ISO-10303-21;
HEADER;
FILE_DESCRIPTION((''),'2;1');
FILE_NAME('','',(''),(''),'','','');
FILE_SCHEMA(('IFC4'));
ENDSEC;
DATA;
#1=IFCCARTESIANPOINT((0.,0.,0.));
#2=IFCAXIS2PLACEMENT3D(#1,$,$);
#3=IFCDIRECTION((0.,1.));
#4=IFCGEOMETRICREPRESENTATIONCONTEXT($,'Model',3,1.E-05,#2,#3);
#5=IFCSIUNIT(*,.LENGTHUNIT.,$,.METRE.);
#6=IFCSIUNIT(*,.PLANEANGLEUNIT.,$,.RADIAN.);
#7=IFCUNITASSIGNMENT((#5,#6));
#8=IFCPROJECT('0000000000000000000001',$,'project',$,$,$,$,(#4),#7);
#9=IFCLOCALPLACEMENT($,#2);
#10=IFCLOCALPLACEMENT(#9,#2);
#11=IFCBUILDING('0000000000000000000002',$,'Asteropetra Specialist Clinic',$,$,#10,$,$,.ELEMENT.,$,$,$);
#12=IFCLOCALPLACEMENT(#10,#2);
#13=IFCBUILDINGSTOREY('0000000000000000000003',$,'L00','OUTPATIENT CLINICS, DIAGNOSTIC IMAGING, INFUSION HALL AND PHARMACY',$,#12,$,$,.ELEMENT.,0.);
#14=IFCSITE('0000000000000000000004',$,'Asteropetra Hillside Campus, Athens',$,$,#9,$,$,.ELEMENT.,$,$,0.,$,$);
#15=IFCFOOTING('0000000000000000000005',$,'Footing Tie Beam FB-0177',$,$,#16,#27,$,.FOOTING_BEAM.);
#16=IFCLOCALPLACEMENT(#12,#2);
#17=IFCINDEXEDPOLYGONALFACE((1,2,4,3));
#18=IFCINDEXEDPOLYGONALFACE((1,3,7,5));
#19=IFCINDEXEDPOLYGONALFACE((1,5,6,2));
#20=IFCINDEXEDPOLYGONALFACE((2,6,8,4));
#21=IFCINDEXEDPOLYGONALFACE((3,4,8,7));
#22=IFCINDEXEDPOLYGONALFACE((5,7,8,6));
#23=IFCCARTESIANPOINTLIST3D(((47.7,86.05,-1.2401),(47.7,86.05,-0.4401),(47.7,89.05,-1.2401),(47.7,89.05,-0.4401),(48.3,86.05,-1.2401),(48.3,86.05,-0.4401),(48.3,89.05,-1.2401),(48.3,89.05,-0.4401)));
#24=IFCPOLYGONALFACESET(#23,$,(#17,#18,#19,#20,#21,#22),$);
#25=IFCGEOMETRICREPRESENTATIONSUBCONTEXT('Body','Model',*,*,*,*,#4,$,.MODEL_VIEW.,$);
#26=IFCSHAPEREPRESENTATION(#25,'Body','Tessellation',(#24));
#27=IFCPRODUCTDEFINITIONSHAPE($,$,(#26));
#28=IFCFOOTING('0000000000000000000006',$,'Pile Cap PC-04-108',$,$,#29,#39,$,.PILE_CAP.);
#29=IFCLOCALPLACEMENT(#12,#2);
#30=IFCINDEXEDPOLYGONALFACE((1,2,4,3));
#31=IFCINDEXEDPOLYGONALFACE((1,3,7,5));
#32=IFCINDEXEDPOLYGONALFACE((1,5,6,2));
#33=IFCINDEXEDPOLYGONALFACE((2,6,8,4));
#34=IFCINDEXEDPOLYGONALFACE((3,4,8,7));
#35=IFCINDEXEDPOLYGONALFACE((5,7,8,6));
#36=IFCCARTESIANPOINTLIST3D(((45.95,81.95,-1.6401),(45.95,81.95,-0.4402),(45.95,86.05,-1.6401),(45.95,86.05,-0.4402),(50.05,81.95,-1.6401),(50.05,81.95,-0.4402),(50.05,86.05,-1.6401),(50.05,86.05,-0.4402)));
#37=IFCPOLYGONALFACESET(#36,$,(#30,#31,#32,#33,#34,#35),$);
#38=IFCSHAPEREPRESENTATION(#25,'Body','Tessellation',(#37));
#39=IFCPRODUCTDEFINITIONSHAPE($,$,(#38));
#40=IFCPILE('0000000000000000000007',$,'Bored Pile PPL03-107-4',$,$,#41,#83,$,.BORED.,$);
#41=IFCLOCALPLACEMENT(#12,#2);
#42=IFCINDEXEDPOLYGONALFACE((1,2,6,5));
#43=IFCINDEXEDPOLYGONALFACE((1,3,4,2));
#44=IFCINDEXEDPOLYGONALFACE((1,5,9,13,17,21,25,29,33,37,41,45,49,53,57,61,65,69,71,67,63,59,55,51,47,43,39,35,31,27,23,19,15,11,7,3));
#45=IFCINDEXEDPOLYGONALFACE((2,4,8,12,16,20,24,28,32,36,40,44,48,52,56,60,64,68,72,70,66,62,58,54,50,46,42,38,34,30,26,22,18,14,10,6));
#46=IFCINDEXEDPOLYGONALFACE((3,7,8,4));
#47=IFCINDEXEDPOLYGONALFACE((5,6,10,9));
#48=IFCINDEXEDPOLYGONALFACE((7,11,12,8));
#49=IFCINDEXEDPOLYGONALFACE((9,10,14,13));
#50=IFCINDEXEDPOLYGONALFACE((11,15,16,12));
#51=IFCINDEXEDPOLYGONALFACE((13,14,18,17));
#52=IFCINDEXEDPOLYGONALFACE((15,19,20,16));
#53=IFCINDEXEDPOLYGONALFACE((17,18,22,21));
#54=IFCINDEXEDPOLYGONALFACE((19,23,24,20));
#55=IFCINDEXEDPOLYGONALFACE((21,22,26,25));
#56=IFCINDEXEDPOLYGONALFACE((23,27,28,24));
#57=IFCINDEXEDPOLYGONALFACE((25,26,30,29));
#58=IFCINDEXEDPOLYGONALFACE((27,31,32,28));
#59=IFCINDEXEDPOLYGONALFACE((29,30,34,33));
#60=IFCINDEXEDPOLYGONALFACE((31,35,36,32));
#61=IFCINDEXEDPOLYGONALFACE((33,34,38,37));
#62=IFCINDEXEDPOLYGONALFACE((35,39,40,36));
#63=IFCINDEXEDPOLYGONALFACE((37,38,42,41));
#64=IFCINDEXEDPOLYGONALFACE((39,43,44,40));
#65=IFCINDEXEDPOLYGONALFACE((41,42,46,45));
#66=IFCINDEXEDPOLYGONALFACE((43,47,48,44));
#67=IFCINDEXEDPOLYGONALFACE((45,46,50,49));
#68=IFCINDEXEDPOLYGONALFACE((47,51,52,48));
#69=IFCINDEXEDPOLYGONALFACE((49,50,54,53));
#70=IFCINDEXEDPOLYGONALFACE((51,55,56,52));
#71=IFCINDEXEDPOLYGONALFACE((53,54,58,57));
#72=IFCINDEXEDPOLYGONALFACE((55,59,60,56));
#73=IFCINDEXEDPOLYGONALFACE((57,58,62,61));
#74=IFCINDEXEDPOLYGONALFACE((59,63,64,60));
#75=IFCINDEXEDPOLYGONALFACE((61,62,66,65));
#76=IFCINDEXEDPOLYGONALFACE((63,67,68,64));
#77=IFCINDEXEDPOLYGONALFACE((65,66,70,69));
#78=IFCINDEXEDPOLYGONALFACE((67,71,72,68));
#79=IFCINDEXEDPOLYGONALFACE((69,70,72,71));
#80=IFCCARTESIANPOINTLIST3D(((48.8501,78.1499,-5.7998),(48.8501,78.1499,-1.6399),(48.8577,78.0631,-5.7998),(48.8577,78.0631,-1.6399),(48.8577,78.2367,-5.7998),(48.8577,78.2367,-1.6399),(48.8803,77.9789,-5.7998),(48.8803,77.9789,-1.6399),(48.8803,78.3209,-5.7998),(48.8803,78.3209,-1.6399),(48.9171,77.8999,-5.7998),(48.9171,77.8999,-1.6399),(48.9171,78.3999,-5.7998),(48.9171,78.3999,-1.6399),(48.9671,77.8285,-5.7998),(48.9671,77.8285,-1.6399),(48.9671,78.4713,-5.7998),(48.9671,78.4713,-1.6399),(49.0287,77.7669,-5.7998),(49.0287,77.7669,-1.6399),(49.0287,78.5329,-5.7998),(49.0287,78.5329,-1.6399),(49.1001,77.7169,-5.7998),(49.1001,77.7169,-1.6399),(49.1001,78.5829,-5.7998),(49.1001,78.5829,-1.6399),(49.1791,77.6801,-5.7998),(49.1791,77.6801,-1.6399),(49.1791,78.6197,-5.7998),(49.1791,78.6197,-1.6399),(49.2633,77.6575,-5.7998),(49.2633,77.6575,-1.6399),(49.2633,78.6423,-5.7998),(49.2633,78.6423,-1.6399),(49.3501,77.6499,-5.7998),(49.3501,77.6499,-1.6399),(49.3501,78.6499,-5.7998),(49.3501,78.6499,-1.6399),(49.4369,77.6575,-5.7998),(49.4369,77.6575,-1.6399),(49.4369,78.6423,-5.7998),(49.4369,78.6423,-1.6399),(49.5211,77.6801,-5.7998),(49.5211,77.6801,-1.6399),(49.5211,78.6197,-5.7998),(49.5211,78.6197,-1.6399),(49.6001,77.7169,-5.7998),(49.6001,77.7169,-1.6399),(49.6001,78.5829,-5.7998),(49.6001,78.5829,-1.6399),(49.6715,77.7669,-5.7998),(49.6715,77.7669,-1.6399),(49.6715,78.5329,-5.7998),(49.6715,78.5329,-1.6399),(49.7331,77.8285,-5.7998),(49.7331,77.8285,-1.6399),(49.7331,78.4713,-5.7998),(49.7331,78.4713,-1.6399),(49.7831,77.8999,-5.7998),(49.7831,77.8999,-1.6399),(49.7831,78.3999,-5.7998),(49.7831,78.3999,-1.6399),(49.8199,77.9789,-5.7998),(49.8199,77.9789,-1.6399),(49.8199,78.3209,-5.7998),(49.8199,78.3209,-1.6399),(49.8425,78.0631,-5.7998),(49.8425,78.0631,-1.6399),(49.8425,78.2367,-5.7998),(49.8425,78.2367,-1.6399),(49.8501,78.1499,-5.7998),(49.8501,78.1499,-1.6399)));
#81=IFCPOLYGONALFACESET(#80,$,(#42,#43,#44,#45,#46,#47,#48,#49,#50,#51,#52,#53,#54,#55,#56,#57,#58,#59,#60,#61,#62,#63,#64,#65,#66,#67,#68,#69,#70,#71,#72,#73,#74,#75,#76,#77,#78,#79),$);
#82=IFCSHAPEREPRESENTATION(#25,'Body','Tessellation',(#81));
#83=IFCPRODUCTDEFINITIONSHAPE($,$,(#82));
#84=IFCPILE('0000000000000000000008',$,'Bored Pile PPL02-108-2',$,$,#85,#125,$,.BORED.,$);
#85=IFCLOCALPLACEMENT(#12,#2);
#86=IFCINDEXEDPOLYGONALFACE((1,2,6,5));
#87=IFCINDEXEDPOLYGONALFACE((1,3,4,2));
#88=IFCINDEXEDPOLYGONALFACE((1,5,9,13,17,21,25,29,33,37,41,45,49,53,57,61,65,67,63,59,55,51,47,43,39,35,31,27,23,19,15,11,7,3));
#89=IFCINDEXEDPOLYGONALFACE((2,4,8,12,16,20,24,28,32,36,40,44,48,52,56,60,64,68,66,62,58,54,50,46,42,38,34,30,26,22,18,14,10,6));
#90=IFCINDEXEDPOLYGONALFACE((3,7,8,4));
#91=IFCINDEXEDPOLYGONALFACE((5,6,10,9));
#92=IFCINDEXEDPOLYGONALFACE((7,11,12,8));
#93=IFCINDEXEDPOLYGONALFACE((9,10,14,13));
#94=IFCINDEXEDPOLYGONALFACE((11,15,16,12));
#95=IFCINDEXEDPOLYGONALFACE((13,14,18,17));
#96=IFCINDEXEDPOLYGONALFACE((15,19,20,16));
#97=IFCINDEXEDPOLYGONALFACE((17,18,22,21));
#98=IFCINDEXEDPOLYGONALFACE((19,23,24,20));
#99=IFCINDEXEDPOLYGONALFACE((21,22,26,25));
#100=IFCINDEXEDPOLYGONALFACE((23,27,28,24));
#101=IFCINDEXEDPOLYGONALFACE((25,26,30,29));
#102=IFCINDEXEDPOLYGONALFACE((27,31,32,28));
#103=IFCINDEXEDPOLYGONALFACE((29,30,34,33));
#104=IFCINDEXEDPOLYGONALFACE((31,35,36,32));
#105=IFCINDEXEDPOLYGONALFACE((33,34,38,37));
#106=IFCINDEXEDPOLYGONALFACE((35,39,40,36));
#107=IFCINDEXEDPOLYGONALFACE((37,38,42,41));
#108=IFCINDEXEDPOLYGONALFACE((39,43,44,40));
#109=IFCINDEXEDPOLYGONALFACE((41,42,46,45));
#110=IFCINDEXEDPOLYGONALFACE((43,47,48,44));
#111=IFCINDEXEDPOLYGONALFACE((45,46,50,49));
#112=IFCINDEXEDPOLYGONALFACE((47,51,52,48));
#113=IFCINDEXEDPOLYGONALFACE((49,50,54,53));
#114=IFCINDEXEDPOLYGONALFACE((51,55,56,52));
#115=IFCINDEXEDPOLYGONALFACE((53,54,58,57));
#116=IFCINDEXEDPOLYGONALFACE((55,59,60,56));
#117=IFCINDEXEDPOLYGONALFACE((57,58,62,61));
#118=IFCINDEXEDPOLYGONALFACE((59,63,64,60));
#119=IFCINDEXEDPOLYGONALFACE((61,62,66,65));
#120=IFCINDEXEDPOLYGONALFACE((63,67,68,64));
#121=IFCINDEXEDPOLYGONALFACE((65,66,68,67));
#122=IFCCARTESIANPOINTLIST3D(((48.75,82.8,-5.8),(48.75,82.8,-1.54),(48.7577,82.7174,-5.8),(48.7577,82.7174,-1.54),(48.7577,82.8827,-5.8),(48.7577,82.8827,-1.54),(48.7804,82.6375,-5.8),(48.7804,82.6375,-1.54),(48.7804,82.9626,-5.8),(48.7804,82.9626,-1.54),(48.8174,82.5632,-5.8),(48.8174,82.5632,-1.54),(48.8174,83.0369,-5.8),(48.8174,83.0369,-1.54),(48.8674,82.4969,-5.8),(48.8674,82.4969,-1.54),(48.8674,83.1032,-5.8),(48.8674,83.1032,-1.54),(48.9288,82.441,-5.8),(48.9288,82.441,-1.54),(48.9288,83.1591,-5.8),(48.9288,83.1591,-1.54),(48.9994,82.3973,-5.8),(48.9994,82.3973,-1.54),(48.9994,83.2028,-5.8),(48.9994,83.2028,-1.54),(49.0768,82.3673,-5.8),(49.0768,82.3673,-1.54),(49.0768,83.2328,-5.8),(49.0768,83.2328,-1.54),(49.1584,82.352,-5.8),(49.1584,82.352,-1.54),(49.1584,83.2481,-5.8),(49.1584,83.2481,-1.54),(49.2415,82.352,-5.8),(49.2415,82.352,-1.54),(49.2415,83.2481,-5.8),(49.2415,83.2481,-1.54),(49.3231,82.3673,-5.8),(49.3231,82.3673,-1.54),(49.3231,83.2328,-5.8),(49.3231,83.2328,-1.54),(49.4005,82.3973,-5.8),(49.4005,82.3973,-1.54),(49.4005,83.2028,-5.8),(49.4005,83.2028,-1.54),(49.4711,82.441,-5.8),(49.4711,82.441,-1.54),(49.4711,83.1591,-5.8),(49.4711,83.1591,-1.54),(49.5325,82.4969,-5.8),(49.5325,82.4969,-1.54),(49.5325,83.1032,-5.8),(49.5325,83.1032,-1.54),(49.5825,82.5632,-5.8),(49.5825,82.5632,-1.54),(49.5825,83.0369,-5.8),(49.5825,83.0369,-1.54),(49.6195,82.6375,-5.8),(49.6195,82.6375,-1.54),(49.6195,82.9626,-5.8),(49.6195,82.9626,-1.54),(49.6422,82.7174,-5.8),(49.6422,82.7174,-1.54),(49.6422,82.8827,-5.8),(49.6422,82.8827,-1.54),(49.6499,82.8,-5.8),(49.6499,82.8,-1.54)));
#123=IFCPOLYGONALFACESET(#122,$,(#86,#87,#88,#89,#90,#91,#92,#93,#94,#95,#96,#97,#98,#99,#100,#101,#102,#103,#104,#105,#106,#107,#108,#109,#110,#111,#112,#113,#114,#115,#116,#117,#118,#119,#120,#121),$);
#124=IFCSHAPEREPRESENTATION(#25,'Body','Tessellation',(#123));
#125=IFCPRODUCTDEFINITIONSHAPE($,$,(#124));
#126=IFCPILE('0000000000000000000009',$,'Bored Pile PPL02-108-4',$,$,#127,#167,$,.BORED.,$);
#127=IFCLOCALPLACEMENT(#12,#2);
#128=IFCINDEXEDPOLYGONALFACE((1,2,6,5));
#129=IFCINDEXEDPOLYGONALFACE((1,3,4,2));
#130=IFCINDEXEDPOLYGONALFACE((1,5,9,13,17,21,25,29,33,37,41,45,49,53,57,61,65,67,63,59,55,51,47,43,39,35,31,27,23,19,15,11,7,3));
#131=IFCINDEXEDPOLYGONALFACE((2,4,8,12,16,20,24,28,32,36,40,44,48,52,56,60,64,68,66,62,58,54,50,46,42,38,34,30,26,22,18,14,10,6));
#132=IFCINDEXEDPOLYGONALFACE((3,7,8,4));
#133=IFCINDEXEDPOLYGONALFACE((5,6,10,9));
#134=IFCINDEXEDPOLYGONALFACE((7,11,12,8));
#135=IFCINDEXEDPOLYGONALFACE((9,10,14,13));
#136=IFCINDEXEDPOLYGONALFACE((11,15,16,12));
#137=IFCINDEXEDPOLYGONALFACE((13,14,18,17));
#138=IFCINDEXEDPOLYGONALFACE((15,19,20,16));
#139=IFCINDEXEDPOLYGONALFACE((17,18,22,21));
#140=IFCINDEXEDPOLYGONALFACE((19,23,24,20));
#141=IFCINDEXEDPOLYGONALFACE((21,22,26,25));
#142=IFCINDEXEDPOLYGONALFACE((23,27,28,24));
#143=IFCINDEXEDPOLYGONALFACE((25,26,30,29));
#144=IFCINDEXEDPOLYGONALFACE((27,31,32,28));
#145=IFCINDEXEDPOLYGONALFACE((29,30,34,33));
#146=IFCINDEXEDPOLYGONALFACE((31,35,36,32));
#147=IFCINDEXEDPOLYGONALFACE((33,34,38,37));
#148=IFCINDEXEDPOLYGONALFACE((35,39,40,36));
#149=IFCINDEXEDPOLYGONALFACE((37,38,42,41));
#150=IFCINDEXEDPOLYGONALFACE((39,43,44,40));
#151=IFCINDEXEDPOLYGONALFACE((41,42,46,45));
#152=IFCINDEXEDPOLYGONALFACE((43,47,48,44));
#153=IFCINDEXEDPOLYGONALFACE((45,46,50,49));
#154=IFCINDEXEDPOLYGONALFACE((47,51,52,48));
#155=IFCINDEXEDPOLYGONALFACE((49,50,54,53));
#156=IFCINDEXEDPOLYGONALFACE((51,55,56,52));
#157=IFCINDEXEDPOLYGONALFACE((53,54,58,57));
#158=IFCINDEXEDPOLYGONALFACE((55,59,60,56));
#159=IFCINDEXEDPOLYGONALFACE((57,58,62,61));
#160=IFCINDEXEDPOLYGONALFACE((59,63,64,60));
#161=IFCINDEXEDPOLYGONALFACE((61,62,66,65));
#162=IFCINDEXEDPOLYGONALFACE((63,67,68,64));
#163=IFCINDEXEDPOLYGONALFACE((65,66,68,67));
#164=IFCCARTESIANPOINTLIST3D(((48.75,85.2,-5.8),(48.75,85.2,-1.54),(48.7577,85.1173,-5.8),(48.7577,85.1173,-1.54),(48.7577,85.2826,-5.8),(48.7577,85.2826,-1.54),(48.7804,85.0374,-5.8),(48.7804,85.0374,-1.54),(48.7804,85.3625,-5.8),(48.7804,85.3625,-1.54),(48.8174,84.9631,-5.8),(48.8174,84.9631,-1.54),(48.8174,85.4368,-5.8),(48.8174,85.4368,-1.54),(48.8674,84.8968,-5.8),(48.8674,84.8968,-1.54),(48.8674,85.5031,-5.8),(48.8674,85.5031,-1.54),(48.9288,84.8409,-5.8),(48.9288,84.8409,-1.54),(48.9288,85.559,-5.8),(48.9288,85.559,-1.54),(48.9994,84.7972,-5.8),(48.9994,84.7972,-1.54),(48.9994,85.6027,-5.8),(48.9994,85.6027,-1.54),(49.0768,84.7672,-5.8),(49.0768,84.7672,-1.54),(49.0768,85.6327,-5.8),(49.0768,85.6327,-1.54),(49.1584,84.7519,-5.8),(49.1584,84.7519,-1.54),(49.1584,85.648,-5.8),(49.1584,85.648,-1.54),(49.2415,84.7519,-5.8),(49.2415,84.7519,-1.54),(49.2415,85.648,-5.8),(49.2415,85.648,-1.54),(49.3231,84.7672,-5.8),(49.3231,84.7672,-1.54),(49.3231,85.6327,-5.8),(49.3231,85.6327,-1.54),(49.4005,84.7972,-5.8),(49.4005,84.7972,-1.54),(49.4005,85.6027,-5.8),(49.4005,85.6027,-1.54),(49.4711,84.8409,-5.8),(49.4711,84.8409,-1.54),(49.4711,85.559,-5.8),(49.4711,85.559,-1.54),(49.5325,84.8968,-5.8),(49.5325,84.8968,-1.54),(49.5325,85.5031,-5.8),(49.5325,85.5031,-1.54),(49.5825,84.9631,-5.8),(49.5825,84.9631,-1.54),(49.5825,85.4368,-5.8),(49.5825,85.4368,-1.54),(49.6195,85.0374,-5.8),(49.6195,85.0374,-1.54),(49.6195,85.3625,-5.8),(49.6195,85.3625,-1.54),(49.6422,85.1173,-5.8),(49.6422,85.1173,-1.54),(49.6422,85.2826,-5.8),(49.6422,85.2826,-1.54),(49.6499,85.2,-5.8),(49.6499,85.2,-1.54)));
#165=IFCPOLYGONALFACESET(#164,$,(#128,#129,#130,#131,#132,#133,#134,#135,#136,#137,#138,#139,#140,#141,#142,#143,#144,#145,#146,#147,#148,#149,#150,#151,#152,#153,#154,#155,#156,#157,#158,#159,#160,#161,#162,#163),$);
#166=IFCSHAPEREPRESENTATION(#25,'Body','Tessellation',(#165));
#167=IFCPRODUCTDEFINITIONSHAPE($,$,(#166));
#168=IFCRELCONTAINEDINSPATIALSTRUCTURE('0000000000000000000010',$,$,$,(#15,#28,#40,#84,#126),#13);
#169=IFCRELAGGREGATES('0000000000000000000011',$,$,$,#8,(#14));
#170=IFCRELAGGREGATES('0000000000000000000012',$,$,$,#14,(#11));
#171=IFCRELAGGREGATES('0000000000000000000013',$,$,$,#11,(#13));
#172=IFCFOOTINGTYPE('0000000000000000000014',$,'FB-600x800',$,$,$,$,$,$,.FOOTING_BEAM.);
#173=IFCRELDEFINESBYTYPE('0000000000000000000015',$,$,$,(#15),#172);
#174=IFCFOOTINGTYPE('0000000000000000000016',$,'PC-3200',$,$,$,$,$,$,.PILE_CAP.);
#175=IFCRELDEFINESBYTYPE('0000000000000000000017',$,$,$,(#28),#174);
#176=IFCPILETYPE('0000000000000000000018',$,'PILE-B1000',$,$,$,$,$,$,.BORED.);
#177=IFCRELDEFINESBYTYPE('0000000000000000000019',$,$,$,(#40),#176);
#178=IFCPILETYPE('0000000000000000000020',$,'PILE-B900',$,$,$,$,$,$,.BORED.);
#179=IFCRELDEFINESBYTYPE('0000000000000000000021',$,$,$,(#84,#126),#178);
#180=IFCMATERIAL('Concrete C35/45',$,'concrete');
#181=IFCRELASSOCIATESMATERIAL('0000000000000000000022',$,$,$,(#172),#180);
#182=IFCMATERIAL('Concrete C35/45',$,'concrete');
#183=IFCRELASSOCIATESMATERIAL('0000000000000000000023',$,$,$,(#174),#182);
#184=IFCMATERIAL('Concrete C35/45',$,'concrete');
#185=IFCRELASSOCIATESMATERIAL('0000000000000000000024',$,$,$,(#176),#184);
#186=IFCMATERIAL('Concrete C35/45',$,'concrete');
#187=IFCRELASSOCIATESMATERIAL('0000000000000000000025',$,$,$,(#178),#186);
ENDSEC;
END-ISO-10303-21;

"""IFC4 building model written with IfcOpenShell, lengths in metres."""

from ifc_helpers import new_model, si_unit, direction, frame, origin, origin_2d, place, context, subcontext, project, spatial, rectangle, circle, extrude, material, material_profile, profile_set, type_object, element, save


model = new_model("IFC4")

# Units and contexts
model_context = context("Model", 3, precision=1e-05, world=origin(), true_north=direction((0.0, 1.0)))
body_context = subcontext(model_context, "Body", "Model", "MODEL_VIEW")
ifc_project = project(units=[si_unit("LENGTHUNIT", "METRE"), si_unit("PLANEANGLEUNIT", "RADIAN")], contexts=[model_context])

# Site, building, storey
site_placement = place(None, origin())
site = spatial("IfcSite", under=ifc_project, at=site_placement, Name="Asteropetra Hillside Campus, Athens", CompositionType="ELEMENT", RefElevation=0.0)
building_placement = place(site_placement, origin())
building = spatial("IfcBuilding", under=site, at=building_placement, Name="Asteropetra Specialist Clinic", CompositionType="ELEMENT")
storey_placement = place(building_placement, origin())
storey = spatial("IfcBuildingStorey", under=building, at=storey_placement, Name="L00", Description="OUTPATIENT CLINICS, DIAGNOSTIC IMAGING, INFUSION HALL AND PHARMACY", CompositionType="ELEMENT", Elevation=0.0)

# Footings
ifc_material_1 = material(Name="Concrete C35/45", Category="concrete")
ifc_material_profile_1 = material_profile(ifc_material_1, rectangle(XDim=0.6001, YDim=0.8, at=origin_2d()), Name="FB 600x800")
ifc_profile_set_1 = profile_set([ifc_material_profile_1], Name="Concrete C35/45")
footing_type_1 = type_object("IfcFootingType", Name="FB-600x800", PredefinedType="FOOTING_BEAM", material=ifc_profile_set_1)
footing_1_placement = place(storey_placement, frame((48.0, 86.05, -0.8401), z_axis=(0.0, 1.0, 0.0), x_axis=(-1.0, 0.0, 0.0)))
element("IfcFooting", 1, at=footing_1_placement, inside=storey, type_object=footing_type_1, Name="Footing Tie Beam FB-0177", PredefinedType="FOOTING_BEAM", context=body_context, shape_type="SweptSolid", body=[
    extrude(rectangle(XDim=0.6001, YDim=0.8, at=origin_2d()), origin(), (0.0, 0.0, 1.0), 3.0),
])
ifc_material_2 = material(Name="Concrete C35/45", Category="concrete")
footing_type_2 = type_object("IfcFootingType", Name="PC-3200", PredefinedType="PILE_CAP", material=ifc_material_2)
footing_2_placement = place(storey_placement, frame((48.0, 84.0, -1.6401), z_axis=(0.0, 0.0, 1.0), x_axis=(1.0, 0.0, 0.0)))
element("IfcFooting", 2, at=footing_2_placement, inside=storey, type_object=footing_type_2, Name="Pile Cap PC-04-108", PredefinedType="PILE_CAP", context=body_context, shape_type="SweptSolid", body=[
    extrude(rectangle(XDim=4.1001, YDim=4.1001, at=origin_2d()), origin(), (0.0, 0.0, 1.0), 1.2),
])

# Piles
ifc_material_3 = material(Name="Concrete C35/45", Category="concrete")
ifc_material_profile_2 = material_profile(ifc_material_3, circle(Radius=0.5, at=origin_2d()), Name="PILE D1000")
ifc_profile_set_2 = profile_set([ifc_material_profile_2], Name="Concrete C35/45")
pile_type_1 = type_object("IfcPileType", Name="PILE-B1000", PredefinedType="BORED", material=ifc_profile_set_2)
pile_placement = place(storey_placement, frame((49.3501, 78.1499, -1.6399), z_axis=(0.0, 0.0, -1.0), x_axis=(1.0, 0.0, 0.0)))
element("IfcPile", 3, at=pile_placement, inside=storey, type_object=pile_type_1, Name="Bored Pile PPL03-107-4", PredefinedType="BORED", context=body_context, shape_type="SweptSolid", body=[
    extrude(circle(Radius=0.5, at=origin_2d()), origin(), (0.0, 0.0, 1.0), 4.1599),
])
ifc_material_4 = material(Name="Concrete C35/45", Category="concrete")
ifc_material_profile_3 = material_profile(ifc_material_4, circle(Radius=0.45, at=origin_2d()), Name="PILE D900")
ifc_profile_set_3 = profile_set([ifc_material_profile_3], Name="Concrete C35/45")
pile_type_2 = type_object("IfcPileType", Name="PILE-B900", PredefinedType="BORED", material=ifc_profile_set_3)
for number, where, z_axis, x_axis, name in (
    (4, (49.2, 82.8, -1.54), (0.0, 0.0, -1.0), (1.0, 0.0, 0.0), "Bored Pile PPL02-108-2"),
    (5, (49.2, 85.2, -1.54), (0.0, 0.0, -1.0), (1.0, 0.0, 0.0), "Bored Pile PPL02-108-4"),
):
    element("IfcPile", number, at=place(storey_placement, frame(where, z_axis=z_axis, x_axis=x_axis)), inside=storey, type_object=pile_type_2, Name=name, PredefinedType="BORED", context=body_context, shape_type="SweptSolid", body=[
        extrude(circle(Radius=0.45, at=origin_2d()), origin(), (0.0, 0.0, 1.0), 4.26),
    ])

save(model, "model.ifc")
